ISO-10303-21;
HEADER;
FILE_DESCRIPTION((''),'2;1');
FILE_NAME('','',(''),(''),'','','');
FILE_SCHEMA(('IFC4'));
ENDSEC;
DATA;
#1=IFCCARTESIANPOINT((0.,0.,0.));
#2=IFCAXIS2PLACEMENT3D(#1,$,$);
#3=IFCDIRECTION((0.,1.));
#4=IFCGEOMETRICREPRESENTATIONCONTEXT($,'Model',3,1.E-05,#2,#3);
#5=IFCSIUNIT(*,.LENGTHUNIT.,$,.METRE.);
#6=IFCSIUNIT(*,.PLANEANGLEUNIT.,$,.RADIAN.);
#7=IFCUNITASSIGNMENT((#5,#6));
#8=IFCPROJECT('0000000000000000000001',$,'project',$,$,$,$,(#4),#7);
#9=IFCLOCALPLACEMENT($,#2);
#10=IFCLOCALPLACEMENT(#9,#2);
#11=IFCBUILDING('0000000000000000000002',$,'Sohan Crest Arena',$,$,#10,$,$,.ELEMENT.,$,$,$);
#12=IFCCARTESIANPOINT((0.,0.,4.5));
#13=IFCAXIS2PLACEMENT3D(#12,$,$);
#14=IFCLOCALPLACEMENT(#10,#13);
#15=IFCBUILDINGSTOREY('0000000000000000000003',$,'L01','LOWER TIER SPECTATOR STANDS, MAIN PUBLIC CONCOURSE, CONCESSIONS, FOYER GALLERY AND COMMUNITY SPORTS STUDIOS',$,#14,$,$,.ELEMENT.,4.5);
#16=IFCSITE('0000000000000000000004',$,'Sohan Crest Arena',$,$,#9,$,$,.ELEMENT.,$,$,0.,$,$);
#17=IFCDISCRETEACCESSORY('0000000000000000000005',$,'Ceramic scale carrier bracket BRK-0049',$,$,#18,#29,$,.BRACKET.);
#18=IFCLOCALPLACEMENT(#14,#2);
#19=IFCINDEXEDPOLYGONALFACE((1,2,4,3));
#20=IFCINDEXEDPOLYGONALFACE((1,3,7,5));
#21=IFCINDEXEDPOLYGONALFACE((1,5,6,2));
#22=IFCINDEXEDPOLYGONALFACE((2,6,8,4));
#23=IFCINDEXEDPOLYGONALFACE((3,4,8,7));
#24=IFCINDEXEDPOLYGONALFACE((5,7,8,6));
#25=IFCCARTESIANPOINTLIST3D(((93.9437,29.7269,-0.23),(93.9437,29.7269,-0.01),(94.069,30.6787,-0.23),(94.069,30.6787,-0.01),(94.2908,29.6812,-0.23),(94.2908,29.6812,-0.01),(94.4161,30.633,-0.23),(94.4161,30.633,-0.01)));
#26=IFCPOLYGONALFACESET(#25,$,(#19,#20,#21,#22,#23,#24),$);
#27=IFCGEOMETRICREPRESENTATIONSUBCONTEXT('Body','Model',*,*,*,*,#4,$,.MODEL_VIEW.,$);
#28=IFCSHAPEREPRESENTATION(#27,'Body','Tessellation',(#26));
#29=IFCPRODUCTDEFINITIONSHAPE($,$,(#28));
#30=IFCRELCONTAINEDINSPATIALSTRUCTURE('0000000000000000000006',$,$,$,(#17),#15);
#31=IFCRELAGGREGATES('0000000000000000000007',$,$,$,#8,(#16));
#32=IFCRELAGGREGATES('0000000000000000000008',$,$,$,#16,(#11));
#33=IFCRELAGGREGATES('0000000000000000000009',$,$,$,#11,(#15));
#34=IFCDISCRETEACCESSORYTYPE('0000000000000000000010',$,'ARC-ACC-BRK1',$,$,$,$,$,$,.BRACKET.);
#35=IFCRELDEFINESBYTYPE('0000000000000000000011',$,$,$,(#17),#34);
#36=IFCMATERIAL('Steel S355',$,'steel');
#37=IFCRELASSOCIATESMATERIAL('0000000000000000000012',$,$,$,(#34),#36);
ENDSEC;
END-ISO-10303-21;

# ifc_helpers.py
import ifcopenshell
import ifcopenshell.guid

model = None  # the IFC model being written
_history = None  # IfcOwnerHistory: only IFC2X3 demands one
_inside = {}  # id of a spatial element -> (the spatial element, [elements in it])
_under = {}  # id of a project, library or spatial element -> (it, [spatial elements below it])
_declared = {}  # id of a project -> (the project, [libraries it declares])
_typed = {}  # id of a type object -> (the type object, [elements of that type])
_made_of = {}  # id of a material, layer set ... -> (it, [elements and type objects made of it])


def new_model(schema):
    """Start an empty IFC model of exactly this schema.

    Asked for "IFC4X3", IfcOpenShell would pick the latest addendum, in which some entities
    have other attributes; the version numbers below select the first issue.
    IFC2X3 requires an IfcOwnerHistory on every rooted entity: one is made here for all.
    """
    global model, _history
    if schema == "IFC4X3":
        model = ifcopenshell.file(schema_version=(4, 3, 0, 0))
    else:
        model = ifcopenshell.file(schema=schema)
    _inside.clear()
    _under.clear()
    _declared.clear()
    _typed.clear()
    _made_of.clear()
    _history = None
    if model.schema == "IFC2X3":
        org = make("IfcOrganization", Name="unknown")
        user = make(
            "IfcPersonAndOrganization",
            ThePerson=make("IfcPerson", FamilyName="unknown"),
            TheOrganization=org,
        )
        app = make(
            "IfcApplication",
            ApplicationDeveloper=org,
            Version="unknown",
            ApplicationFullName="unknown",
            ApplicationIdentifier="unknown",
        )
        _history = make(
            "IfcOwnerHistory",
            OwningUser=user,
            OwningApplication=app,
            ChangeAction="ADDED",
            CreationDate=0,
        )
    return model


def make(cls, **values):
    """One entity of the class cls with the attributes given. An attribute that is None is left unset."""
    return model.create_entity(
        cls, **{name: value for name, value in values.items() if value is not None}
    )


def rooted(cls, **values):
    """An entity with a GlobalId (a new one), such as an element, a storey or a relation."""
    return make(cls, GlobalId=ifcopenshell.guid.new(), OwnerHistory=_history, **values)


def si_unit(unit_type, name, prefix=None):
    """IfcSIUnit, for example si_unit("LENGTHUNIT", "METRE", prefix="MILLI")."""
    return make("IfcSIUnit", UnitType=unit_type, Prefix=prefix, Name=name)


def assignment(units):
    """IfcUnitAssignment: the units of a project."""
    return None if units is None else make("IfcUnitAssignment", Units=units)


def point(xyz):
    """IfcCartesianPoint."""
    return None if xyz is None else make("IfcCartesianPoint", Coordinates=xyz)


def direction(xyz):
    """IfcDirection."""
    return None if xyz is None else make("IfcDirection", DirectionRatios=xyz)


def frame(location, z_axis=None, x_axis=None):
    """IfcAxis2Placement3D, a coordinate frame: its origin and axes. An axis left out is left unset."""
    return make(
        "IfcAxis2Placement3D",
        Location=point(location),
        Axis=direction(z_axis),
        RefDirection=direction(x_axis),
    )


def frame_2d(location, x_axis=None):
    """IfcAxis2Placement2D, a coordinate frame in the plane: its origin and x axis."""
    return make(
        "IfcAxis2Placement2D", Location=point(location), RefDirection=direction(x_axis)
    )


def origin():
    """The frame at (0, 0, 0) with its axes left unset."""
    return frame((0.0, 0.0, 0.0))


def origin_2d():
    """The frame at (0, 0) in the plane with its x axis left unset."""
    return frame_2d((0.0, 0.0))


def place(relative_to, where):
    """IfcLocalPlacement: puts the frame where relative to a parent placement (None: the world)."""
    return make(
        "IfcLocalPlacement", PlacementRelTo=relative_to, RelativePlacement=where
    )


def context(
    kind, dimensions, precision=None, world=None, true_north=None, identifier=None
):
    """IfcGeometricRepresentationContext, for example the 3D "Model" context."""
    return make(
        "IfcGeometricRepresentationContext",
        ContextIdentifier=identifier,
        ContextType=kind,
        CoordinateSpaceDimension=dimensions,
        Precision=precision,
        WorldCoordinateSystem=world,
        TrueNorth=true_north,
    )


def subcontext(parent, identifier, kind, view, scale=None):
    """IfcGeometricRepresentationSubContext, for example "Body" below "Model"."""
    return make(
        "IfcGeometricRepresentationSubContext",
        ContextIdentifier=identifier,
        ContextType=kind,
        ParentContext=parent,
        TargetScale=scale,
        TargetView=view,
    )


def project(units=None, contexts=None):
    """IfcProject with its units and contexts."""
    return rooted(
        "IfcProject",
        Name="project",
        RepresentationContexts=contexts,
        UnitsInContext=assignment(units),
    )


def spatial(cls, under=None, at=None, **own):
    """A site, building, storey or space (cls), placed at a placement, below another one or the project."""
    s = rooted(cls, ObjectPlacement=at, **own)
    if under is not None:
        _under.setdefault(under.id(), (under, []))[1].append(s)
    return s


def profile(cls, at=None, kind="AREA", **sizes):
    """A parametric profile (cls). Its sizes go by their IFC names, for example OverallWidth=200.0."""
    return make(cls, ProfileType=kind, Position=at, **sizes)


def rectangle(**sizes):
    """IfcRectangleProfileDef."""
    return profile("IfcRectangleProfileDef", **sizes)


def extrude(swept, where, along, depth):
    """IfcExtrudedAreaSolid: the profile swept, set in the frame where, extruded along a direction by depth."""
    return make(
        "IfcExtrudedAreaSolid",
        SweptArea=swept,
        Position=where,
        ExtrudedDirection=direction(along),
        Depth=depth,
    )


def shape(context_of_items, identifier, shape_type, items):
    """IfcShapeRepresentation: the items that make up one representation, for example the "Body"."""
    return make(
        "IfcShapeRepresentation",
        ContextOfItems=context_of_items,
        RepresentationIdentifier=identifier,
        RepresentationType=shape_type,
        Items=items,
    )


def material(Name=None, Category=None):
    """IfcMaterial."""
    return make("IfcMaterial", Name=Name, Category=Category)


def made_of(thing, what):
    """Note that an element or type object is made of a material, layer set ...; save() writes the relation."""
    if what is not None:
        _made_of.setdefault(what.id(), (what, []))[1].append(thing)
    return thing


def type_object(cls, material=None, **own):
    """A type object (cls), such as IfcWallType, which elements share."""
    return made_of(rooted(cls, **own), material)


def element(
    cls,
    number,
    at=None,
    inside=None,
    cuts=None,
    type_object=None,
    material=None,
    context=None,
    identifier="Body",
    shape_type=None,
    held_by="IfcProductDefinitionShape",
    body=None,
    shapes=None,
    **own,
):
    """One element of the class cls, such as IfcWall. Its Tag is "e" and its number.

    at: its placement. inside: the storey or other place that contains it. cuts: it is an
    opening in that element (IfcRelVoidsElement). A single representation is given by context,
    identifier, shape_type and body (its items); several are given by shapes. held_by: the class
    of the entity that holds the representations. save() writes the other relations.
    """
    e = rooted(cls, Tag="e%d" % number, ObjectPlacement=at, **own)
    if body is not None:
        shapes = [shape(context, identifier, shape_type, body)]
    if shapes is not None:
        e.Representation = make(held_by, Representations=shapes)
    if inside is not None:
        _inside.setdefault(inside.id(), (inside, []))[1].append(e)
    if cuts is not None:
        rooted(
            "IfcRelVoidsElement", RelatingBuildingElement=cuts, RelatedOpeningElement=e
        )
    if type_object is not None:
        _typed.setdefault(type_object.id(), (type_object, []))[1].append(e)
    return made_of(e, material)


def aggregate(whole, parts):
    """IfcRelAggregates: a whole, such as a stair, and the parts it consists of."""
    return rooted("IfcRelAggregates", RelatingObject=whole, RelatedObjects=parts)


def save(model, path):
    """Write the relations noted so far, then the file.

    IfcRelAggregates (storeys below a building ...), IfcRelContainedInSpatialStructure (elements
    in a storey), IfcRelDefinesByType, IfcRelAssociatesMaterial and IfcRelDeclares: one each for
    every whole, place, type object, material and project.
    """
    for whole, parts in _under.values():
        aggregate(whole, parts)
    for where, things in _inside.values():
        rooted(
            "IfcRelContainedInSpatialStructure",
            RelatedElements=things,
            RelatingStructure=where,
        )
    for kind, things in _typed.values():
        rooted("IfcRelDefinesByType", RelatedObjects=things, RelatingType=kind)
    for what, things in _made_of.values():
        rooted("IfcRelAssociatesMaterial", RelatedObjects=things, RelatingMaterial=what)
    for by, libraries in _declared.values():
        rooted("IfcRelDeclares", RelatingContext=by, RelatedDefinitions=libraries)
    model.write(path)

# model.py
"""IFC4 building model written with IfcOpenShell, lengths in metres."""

from ifc_helpers import new_model, si_unit, direction, frame, origin, origin_2d, place, context, subcontext, project, spatial, rectangle, extrude, material, type_object, element, save


model = new_model("IFC4")

# Units and contexts
model_context = context("Model", 3, precision=1e-05, world=origin(), true_north=direction((0.0, 1.0)))
body_context = subcontext(model_context, "Body", "Model", "MODEL_VIEW")
ifc_project = project(units=[si_unit("LENGTHUNIT", "METRE"), si_unit("PLANEANGLEUNIT", "RADIAN")], contexts=[model_context])

# Site, building, storey
site_placement = place(None, origin())
site = spatial("IfcSite", under=ifc_project, at=site_placement, Name="Sohan Crest Arena", CompositionType="ELEMENT", RefElevation=0.0)
building_placement = place(site_placement, origin())
building = spatial("IfcBuilding", under=site, at=building_placement, Name="Sohan Crest Arena", CompositionType="ELEMENT")
storey_placement = place(building_placement, frame((0.0, 0.0, 4.5)))
storey = spatial("IfcBuildingStorey", under=building, at=storey_placement, Name="L01", Description="LOWER TIER SPECTATOR STANDS, MAIN PUBLIC CONCOURSE, CONCESSIONS, FOYER GALLERY AND COMMUNITY SPORTS STUDIOS", CompositionType="ELEMENT", Elevation=4.5)

# Shared definitions
ifc_material_1 = material(Name="Steel S355", Category="steel")

# Discrete accessory
discrete_accessory_type = type_object("IfcDiscreteAccessoryType", Name="ARC-ACC-BRK1", PredefinedType="BRACKET", material=ifc_material_1)
discrete_accessory_placement = place(storey_placement, frame((94.1799, 30.1799, -0.23), z_axis=(0.0, 0.0, 1.0), x_axis=(0.991445, -0.130526, 0.0)))
element("IfcDiscreteAccessory", 1, at=discrete_accessory_placement, inside=storey, type_object=discrete_accessory_type, Name="Ceramic scale carrier bracket BRK-0049", PredefinedType="BRACKET", context=body_context, shape_type="SweptSolid", body=[
    extrude(rectangle(XDim=0.3501, YDim=0.96, at=origin_2d()), origin(), (0.0, 0.0, 1.0), 0.22),
])

save(model, "model.ifc")
